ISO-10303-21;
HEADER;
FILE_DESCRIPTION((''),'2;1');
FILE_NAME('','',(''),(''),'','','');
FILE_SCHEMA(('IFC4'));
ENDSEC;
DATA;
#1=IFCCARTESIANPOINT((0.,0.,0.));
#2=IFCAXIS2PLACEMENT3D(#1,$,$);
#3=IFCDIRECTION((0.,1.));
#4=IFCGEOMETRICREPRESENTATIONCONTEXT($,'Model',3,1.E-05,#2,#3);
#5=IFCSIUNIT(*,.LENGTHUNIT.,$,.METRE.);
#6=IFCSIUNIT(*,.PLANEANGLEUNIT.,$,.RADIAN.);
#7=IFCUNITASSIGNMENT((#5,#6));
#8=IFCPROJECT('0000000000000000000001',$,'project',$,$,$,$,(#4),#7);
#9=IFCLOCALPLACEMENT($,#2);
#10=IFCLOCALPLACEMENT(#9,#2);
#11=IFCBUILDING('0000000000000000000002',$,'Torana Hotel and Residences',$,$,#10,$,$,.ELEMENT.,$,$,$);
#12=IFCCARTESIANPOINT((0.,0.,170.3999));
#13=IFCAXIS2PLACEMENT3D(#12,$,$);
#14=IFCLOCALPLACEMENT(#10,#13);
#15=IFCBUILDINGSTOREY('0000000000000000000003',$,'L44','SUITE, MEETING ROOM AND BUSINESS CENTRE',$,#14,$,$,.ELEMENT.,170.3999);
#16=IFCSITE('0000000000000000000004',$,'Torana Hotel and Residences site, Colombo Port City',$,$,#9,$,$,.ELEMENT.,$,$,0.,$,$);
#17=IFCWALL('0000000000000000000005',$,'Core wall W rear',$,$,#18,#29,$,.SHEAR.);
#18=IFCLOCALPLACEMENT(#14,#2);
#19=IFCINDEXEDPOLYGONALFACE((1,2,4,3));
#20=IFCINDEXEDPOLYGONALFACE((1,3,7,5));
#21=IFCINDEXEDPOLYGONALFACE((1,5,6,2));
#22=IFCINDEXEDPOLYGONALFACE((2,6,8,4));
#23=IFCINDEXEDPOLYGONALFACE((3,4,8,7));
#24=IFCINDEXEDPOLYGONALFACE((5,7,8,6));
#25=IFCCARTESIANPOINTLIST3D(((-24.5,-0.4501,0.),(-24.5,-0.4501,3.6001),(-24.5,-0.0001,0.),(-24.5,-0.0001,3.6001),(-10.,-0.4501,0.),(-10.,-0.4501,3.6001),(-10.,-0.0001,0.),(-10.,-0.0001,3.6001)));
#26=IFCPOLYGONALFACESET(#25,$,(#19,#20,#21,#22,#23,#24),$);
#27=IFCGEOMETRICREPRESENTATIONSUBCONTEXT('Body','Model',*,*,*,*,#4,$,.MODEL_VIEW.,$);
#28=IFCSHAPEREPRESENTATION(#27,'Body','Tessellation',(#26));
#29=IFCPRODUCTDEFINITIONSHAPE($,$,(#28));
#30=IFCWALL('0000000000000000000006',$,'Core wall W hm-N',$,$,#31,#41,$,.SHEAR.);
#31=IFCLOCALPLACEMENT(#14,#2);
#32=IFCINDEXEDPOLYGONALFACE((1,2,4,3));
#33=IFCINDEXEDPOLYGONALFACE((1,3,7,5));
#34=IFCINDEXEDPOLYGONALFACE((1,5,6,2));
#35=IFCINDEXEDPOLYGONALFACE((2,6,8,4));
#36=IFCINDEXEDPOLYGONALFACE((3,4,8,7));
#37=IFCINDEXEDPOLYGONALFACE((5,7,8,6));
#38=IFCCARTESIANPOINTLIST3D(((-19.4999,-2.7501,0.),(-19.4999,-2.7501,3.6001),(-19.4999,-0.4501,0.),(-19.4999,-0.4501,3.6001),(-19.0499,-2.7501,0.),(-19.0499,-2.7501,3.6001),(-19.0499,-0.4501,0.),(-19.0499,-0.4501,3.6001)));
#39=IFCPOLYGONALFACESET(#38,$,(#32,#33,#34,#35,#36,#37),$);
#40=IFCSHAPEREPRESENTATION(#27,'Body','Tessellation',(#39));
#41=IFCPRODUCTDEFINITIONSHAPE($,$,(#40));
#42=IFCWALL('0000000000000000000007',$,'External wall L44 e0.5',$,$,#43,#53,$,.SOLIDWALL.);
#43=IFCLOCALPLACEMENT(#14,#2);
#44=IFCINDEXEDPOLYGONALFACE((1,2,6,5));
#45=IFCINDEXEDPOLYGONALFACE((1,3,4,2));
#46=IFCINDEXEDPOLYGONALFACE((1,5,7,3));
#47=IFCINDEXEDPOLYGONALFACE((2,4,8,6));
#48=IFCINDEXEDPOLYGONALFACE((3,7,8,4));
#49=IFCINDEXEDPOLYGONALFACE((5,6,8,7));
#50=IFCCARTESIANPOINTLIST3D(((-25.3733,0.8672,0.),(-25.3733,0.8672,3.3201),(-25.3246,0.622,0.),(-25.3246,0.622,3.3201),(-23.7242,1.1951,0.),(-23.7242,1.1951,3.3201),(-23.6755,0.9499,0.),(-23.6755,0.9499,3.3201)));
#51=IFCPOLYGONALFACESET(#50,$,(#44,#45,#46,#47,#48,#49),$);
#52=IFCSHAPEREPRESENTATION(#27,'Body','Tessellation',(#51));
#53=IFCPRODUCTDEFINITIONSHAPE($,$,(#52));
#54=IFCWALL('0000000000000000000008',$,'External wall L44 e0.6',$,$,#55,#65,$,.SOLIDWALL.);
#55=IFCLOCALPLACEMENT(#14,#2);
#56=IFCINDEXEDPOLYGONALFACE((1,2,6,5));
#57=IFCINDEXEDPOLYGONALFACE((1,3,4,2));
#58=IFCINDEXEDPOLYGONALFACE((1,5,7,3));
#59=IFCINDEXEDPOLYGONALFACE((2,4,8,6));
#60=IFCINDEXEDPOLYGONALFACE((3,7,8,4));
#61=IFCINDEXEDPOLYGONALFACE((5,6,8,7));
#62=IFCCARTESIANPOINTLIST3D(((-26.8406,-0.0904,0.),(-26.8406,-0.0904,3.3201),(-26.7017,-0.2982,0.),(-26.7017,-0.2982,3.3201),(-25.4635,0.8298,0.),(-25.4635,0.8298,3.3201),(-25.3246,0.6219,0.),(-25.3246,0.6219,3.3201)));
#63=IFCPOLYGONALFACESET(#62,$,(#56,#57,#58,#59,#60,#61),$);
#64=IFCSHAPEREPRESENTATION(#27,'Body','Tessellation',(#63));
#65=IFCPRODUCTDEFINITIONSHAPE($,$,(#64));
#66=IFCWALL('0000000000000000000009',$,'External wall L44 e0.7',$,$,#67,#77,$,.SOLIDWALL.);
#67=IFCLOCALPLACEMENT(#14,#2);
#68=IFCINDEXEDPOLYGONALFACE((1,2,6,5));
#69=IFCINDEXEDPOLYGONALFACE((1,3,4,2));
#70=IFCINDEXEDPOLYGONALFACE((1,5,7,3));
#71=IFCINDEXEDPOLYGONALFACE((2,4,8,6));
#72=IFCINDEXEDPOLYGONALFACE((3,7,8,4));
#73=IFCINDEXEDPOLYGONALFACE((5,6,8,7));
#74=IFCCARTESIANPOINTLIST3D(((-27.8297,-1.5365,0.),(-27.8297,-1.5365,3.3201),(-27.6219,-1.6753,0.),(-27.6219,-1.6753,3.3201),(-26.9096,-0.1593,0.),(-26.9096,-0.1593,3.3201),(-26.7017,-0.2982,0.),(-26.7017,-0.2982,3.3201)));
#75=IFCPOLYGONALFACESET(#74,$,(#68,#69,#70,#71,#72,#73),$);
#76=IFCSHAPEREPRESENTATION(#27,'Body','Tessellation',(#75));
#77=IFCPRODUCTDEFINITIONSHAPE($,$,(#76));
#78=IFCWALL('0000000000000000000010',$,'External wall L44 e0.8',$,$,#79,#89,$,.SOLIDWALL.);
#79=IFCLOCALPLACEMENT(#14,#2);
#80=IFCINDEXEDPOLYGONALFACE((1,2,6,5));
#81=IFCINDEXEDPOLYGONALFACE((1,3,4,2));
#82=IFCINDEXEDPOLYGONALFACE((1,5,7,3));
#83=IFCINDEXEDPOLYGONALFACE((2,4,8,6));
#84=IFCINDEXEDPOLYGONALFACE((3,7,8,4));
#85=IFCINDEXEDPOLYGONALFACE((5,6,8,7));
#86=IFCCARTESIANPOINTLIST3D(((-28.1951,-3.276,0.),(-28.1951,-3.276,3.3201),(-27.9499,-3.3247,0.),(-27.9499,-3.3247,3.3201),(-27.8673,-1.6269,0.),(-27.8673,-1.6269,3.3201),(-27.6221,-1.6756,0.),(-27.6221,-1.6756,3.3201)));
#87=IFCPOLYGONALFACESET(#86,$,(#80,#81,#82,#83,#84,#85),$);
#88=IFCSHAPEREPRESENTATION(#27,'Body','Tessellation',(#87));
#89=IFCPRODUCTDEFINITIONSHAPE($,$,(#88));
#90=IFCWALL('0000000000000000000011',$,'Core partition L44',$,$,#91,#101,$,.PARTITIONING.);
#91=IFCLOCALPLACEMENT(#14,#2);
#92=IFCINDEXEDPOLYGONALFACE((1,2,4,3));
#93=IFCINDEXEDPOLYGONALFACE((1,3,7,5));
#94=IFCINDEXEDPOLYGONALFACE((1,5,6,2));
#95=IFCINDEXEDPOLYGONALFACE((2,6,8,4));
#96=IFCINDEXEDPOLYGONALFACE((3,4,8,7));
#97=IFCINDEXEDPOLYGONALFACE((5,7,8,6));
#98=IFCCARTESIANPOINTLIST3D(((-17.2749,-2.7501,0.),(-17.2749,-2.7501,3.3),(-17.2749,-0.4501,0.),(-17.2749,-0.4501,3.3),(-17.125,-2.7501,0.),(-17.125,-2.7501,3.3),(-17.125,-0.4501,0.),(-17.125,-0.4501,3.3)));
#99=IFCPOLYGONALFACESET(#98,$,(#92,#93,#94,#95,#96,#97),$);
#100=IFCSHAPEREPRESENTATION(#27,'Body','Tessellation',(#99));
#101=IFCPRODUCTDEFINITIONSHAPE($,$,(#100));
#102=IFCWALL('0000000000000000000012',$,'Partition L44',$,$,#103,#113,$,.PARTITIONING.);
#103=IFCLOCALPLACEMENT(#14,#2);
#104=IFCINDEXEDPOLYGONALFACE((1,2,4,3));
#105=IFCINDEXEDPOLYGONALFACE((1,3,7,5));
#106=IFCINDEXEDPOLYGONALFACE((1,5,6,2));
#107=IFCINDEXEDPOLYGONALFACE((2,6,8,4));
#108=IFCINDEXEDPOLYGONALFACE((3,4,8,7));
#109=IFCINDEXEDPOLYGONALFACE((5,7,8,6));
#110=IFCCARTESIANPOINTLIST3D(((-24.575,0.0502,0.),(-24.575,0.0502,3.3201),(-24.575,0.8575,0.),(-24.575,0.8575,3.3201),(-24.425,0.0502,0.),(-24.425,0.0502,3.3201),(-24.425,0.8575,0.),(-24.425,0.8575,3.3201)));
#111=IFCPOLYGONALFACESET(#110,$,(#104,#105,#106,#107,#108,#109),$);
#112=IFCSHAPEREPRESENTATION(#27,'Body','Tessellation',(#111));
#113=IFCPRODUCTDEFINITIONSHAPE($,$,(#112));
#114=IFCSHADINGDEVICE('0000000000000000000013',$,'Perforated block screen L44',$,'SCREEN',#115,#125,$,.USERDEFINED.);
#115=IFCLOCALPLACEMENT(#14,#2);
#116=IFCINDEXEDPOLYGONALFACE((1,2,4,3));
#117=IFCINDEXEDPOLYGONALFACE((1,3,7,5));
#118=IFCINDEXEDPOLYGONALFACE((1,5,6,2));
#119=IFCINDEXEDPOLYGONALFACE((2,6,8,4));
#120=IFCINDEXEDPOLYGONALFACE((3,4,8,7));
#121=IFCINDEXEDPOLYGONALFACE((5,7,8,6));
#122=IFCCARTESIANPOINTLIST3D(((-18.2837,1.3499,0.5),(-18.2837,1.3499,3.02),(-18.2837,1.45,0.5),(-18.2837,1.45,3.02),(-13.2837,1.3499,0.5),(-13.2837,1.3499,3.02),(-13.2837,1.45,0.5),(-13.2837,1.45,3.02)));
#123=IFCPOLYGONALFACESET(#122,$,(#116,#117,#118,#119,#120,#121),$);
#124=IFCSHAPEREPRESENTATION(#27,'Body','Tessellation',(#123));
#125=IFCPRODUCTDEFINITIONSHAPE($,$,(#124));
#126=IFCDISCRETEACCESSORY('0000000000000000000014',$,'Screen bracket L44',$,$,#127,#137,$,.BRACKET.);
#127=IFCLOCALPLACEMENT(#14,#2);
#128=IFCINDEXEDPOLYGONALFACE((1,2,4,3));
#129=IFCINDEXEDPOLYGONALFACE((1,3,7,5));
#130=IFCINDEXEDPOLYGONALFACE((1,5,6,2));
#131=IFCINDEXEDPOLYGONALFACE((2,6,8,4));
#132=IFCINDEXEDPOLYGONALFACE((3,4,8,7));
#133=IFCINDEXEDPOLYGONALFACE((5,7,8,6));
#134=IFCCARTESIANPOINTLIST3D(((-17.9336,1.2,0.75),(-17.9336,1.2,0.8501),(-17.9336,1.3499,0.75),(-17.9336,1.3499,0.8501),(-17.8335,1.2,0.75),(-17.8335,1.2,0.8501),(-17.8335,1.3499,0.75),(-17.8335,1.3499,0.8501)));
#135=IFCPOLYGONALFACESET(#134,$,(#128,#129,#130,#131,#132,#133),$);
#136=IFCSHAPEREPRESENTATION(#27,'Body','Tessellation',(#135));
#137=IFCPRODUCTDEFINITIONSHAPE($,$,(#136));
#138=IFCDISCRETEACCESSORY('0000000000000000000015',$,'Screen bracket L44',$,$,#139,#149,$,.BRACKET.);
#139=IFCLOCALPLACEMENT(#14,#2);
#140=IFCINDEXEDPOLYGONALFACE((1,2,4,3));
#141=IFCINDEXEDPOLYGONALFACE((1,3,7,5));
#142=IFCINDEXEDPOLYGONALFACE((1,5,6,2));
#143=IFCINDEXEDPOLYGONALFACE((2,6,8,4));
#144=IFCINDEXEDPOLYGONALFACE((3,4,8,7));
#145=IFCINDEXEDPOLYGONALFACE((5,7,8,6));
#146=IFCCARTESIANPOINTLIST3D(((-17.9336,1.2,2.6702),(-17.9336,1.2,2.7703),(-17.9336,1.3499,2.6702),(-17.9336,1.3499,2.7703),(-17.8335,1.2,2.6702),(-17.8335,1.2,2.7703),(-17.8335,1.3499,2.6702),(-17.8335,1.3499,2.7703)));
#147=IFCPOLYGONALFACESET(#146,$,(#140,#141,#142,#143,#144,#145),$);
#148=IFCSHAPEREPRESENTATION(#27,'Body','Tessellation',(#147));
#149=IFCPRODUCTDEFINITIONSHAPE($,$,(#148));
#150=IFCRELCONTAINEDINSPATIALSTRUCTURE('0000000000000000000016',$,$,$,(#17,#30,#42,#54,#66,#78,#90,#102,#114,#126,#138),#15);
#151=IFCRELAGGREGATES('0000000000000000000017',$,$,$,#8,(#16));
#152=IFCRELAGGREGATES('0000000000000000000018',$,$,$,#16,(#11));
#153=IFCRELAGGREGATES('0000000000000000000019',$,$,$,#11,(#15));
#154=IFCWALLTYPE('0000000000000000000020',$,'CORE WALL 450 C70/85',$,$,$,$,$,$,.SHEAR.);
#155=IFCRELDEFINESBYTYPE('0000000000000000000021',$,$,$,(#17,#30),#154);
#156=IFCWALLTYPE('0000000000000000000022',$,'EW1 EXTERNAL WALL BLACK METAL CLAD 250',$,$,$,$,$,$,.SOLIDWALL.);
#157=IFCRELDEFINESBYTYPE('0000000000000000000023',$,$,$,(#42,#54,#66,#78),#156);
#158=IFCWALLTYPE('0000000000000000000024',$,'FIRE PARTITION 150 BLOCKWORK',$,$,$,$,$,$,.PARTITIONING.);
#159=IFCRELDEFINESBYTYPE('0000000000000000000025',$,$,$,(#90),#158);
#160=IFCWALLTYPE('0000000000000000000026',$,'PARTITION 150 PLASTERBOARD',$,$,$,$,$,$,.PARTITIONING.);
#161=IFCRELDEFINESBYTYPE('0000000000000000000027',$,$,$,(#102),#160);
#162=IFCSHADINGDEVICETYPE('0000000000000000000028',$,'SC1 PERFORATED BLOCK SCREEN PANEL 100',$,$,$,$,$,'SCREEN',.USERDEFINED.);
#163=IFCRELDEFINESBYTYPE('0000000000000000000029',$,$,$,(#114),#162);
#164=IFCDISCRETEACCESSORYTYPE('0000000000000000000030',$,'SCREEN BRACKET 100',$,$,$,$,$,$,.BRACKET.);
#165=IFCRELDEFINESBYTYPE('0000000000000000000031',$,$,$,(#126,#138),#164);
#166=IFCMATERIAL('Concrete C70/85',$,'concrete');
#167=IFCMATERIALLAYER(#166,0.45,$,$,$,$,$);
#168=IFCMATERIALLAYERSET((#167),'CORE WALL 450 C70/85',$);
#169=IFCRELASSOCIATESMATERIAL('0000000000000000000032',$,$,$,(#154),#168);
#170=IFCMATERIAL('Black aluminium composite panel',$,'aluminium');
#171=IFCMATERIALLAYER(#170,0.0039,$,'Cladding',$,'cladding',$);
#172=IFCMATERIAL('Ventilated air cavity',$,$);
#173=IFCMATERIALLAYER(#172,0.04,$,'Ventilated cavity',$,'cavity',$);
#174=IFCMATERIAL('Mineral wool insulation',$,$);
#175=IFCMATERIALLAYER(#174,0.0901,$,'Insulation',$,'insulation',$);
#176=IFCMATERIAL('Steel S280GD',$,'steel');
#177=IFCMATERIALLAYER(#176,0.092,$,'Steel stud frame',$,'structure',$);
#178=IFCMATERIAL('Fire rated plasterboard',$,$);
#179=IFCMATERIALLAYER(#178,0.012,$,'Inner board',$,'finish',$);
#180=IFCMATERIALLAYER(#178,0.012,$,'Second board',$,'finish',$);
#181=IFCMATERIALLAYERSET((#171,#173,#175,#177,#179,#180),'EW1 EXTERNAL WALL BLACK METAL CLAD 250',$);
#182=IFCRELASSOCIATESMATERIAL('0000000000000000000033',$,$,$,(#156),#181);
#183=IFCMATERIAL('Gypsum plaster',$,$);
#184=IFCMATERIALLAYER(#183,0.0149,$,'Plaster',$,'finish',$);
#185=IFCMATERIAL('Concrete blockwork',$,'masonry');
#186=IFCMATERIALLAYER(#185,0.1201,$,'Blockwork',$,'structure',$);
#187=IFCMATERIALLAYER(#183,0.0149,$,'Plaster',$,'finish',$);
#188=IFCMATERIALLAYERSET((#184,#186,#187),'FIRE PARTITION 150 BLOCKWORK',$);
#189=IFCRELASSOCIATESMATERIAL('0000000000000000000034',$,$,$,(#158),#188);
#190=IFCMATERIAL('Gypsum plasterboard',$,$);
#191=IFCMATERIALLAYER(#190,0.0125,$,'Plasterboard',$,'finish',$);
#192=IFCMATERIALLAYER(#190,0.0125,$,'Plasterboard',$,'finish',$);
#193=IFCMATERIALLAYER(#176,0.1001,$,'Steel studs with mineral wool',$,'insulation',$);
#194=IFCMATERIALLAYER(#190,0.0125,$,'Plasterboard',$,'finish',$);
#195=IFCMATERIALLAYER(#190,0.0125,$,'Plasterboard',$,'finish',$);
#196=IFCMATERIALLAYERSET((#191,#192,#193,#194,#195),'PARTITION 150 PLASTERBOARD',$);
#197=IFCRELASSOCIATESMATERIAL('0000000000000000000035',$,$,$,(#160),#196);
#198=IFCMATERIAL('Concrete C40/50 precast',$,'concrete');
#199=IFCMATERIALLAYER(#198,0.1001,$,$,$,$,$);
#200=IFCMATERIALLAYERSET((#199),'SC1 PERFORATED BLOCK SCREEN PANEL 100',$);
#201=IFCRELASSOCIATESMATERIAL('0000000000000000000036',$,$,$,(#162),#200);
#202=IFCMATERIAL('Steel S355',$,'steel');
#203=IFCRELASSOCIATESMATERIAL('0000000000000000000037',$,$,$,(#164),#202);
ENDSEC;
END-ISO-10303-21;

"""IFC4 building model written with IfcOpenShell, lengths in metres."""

from ifc_helpers import new_model, si_unit, direction, frame, frame_2d, origin, origin_2d, place, context, subcontext, project, spatial, rectangle, extrude, material, layer, layer_set, type_object, element, save


model = new_model("IFC4")

# Units and contexts
model_context = context("Model", 3, precision=1e-05, world=origin(), true_north=direction((0.0, 1.0)))
body_context = subcontext(model_context, "Body", "Model", "MODEL_VIEW")
ifc_project = project(units=[si_unit("LENGTHUNIT", "METRE"), si_unit("PLANEANGLEUNIT", "RADIAN")], contexts=[model_context])

# Site, building, storey
site_placement = place(None, origin())
site = spatial("IfcSite", under=ifc_project, at=site_placement, Name="Torana Hotel and Residences site, Colombo Port City", CompositionType="ELEMENT", RefElevation=0.0)
building_placement = place(site_placement, origin())
building = spatial("IfcBuilding", under=site, at=building_placement, Name="Torana Hotel and Residences", CompositionType="ELEMENT")
storey_placement = place(building_placement, frame((0.0, 0.0, 170.3999)))
storey = spatial("IfcBuildingStorey", under=building, at=storey_placement, Name="L44", Description="SUITE, MEETING ROOM AND BUSINESS CENTRE", CompositionType="ELEMENT", Elevation=170.3999)

# Walls
ifc_material_1 = material(Name="Concrete C70/85", Category="concrete")
ifc_layer_1 = layer(ifc_material_1, 0.45)
ifc_layer_set_1 = layer_set([ifc_layer_1], Name="CORE WALL 450 C70/85")
wall_type_1 = type_object("IfcWallType", Name="CORE WALL 450 C70/85", PredefinedType="SHEAR", material=ifc_layer_set_1)
wall_1_placement = place(storey_placement, frame((-24.5, -0.2251, 0.0), z_axis=(0.0, 0.0, 1.0), x_axis=(1.0, 0.0, 0.0)))
element("IfcWall", 1, at=wall_1_placement, inside=storey, type_object=wall_type_1, Name="Core wall W rear", PredefinedType="SHEAR", context=body_context, shape_type="SweptSolid", body=[
    extrude(rectangle(XDim=14.5, YDim=0.45, at=frame_2d((7.25, 0.0))), origin(), (0.0, 0.0, 1.0), 3.6001),
])
wall_2_placement = place(storey_placement, frame((-19.2749, -2.75, 0.0), z_axis=(0.0, 0.0, 1.0), x_axis=(0.0, 1.0, 0.0)))
element("IfcWall", 2, at=wall_2_placement, inside=storey, type_object=wall_type_1, Name="Core wall W hm-N", PredefinedType="SHEAR", context=body_context, shape_type="SweptSolid", body=[
    extrude(rectangle(XDim=2.3, YDim=0.45, at=frame_2d((1.1499, 0.0))), origin(), (0.0, 0.0, 1.0), 3.6001),
])
ifc_material_2 = material(Name="Black aluminium composite panel", Category="aluminium")
ifc_layer_2 = layer(ifc_material_2, 0.0039, Name="Cladding", Category="cladding")
ifc_material_3 = material(Name="Ventilated air cavity")
ifc_layer_3 = layer(ifc_material_3, 0.04, Name="Ventilated cavity", Category="cavity")
ifc_material_4 = material(Name="Mineral wool insulation")
ifc_layer_4 = layer(ifc_material_4, 0.0901, Name="Insulation", Category="insulation")
ifc_material_5 = material(Name="Steel S280GD", Category="steel")
ifc_layer_5 = layer(ifc_material_5, 0.092, Name="Steel stud frame", Category="structure")
ifc_material_6 = material(Name="Fire rated plasterboard")
ifc_layer_6 = layer(ifc_material_6, 0.012, Name="Inner board", Category="finish")
ifc_layer_7 = layer(ifc_material_6, 0.012, Name="Second board", Category="finish")
ifc_layer_set_2 = layer_set([ifc_layer_2, ifc_layer_3, ifc_layer_4, ifc_layer_5, ifc_layer_6, ifc_layer_7], Name="EW1 EXTERNAL WALL BLACK METAL CLAD 250")
wall_type_2 = type_object("IfcWallType", Name="EW1 EXTERNAL WALL BLACK METAL CLAD 250", PredefinedType="SOLIDWALL", material=ifc_layer_set_2)
wall_3_placement = place(storey_placement, frame((-23.6997, 1.0725, 0.0), z_axis=(0.0, 0.0, 1.0), x_axis=(-0.980803, -0.194999, 0.0)))
element("IfcWall", 3, at=wall_3_placement, inside=storey, type_object=wall_type_2, Name="External wall L44 e0.5", PredefinedType="SOLIDWALL", context=body_context, shape_type="SweptSolid", body=[
    extrude(rectangle(XDim=1.6814, YDim=0.25, at=frame_2d((0.8408, 0.0))), origin(), (0.0, 0.0, 1.0), 3.3201),
])
for number, where, z_axis, x_axis, name in (
    (4, (-25.394, 0.7258, 0.0), (0.0, 0.0, 1.0), (-0.831483, -0.55555, 0.0), "External wall L44 e0.6"),
    (5, (-26.8057, -0.2288, 0.0), (0.0, 0.0, 1.0), (-0.55555, -0.831483, 0.0), "External wall L44 e0.7"),
):
    element("IfcWall", number, at=place(storey_placement, frame(where, z_axis=z_axis, x_axis=x_axis)), inside=storey, type_object=wall_type_2, Name=name, PredefinedType="SOLIDWALL", context=body_context, shape_type="SweptSolid", body=[
        extrude(rectangle(XDim=1.6562, YDim=0.25, at=frame_2d((0.8281, 0.0))), origin(), (0.0, 0.0, 1.0), 3.3201),
    ])
wall_4_placement = place(storey_placement, frame((-27.7446, -1.6511, 0.0), z_axis=(0.0, 0.0, 1.0), x_axis=(-0.194999, -0.980803, 0.0)))
element("IfcWall", 6, at=wall_4_placement, inside=storey, type_object=wall_type_2, Name="External wall L44 e0.8", PredefinedType="SOLIDWALL", context=body_context, shape_type="SweptSolid", body=[
    extrude(rectangle(XDim=1.6814, YDim=0.25, at=frame_2d((0.8408, 0.0))), origin(), (0.0, 0.0, 1.0), 3.3201),
])
ifc_material_7 = material(Name="Gypsum plaster")
ifc_layer_8 = layer(ifc_material_7, 0.0149, Name="Plaster", Category="finish")
ifc_material_8 = material(Name="Concrete blockwork", Category="masonry")
ifc_layer_9 = layer(ifc_material_8, 0.1201, Name="Blockwork", Category="structure")
ifc_layer_10 = layer(ifc_material_7, 0.0149, Name="Plaster", Category="finish")
ifc_layer_set_3 = layer_set([ifc_layer_8, ifc_layer_9, ifc_layer_10], Name="FIRE PARTITION 150 BLOCKWORK")
wall_type_3 = type_object("IfcWallType", Name="FIRE PARTITION 150 BLOCKWORK", PredefinedType="PARTITIONING", material=ifc_layer_set_3)
wall_5_placement = place(storey_placement, frame((-17.2, -2.75, 0.0), z_axis=(0.0, 0.0, 1.0), x_axis=(0.0, 1.0, 0.0)))
element("IfcWall", 7, at=wall_5_placement, inside=storey, type_object=wall_type_3, Name="Core partition L44", PredefinedType="PARTITIONING", context=body_context, shape_type="SweptSolid", body=[
    extrude(rectangle(XDim=2.3, YDim=0.1499, at=frame_2d((1.1499, 0.0))), origin(), (0.0, 0.0, 1.0), 3.3),
])
ifc_material_9 = material(Name="Gypsum plasterboard")
ifc_layer_11 = layer(ifc_material_9, 0.0125, Name="Plasterboard", Category="finish")
ifc_layer_12 = layer(ifc_material_9, 0.0125, Name="Plasterboard", Category="finish")
ifc_layer_13 = layer(ifc_material_5, 0.1001, Name="Steel studs with mineral wool", Category="insulation")
ifc_layer_14 = layer(ifc_material_9, 0.0125, Name="Plasterboard", Category="finish")
ifc_layer_15 = layer(ifc_material_9, 0.0125, Name="Plasterboard", Category="finish")
ifc_layer_set_4 = layer_set([ifc_layer_11, ifc_layer_12, ifc_layer_13, ifc_layer_14, ifc_layer_15], Name="PARTITION 150 PLASTERBOARD")
wall_type_4 = type_object("IfcWallType", Name="PARTITION 150 PLASTERBOARD", PredefinedType="PARTITIONING", material=ifc_layer_set_4)
wall_6_placement = place(storey_placement, frame((-24.5, 0.05, 0.0), z_axis=(0.0, 0.0, 1.0), x_axis=(0.0, 1.0, 0.0)))
element("IfcWall", 8, at=wall_6_placement, inside=storey, type_object=wall_type_4, Name="Partition L44", PredefinedType="PARTITIONING", context=body_context, shape_type="SweptSolid", body=[
    extrude(rectangle(XDim=0.8074, YDim=0.1499, at=frame_2d((0.4038, 0.0))), origin(), (0.0, 0.0, 1.0), 3.3201),
])

# Shading device
ifc_material_10 = material(Name="Concrete C40/50 precast", Category="concrete")
ifc_layer_16 = layer(ifc_material_10, 0.1001)
ifc_layer_set_5 = layer_set([ifc_layer_16], Name="SC1 PERFORATED BLOCK SCREEN PANEL 100")
shading_device_type = type_object("IfcShadingDeviceType", Name="SC1 PERFORATED BLOCK SCREEN PANEL 100", ElementType="SCREEN", PredefinedType="USERDEFINED", material=ifc_layer_set_5)
shading_device_placement = place(storey_placement, frame((-15.7837, 1.3999, 0.5), z_axis=(0.0, 0.0, 1.0), x_axis=(-1.0, 0.0, 0.0)))
element("IfcShadingDevice", 9, at=shading_device_placement, inside=storey, type_object=shading_device_type, Name="Perforated block screen L44", ObjectType="SCREEN", PredefinedType="USERDEFINED", context=body_context, shape_type="SweptSolid", body=[
    extrude(rectangle(XDim=5.0, YDim=0.1001, at=origin_2d()), origin(), (0.0, 0.0, 1.0), 2.52),
])

# Discrete accessories
ifc_material_11 = material(Name="Steel S355", Category="steel")
discrete_accessory_type = type_object("IfcDiscreteAccessoryType", Name="SCREEN BRACKET 100", PredefinedType="BRACKET", material=ifc_material_11)
for number, where, z_axis, x_axis, name in (
    (10, (-17.8835, 1.2749, 0.75), (0.0, 0.0, 1.0), (-1.0, 0.0, 0.0), "Screen bracket L44"),
    (11, (-17.8835, 1.2749, 2.6702), (0.0, 0.0, 1.0), (-1.0, 0.0, 0.0), "Screen bracket L44"),
):
    element("IfcDiscreteAccessory", number, at=place(storey_placement, frame(where, z_axis=z_axis, x_axis=x_axis)), inside=storey, type_object=discrete_accessory_type, Name=name, PredefinedType="BRACKET", context=body_context, shape_type="SweptSolid", body=[
        extrude(rectangle(XDim=0.1001, YDim=0.1499, at=origin_2d()), origin(), (0.0, 0.0, 1.0), 0.1001),
    ])

save(model, "model.ifc")
